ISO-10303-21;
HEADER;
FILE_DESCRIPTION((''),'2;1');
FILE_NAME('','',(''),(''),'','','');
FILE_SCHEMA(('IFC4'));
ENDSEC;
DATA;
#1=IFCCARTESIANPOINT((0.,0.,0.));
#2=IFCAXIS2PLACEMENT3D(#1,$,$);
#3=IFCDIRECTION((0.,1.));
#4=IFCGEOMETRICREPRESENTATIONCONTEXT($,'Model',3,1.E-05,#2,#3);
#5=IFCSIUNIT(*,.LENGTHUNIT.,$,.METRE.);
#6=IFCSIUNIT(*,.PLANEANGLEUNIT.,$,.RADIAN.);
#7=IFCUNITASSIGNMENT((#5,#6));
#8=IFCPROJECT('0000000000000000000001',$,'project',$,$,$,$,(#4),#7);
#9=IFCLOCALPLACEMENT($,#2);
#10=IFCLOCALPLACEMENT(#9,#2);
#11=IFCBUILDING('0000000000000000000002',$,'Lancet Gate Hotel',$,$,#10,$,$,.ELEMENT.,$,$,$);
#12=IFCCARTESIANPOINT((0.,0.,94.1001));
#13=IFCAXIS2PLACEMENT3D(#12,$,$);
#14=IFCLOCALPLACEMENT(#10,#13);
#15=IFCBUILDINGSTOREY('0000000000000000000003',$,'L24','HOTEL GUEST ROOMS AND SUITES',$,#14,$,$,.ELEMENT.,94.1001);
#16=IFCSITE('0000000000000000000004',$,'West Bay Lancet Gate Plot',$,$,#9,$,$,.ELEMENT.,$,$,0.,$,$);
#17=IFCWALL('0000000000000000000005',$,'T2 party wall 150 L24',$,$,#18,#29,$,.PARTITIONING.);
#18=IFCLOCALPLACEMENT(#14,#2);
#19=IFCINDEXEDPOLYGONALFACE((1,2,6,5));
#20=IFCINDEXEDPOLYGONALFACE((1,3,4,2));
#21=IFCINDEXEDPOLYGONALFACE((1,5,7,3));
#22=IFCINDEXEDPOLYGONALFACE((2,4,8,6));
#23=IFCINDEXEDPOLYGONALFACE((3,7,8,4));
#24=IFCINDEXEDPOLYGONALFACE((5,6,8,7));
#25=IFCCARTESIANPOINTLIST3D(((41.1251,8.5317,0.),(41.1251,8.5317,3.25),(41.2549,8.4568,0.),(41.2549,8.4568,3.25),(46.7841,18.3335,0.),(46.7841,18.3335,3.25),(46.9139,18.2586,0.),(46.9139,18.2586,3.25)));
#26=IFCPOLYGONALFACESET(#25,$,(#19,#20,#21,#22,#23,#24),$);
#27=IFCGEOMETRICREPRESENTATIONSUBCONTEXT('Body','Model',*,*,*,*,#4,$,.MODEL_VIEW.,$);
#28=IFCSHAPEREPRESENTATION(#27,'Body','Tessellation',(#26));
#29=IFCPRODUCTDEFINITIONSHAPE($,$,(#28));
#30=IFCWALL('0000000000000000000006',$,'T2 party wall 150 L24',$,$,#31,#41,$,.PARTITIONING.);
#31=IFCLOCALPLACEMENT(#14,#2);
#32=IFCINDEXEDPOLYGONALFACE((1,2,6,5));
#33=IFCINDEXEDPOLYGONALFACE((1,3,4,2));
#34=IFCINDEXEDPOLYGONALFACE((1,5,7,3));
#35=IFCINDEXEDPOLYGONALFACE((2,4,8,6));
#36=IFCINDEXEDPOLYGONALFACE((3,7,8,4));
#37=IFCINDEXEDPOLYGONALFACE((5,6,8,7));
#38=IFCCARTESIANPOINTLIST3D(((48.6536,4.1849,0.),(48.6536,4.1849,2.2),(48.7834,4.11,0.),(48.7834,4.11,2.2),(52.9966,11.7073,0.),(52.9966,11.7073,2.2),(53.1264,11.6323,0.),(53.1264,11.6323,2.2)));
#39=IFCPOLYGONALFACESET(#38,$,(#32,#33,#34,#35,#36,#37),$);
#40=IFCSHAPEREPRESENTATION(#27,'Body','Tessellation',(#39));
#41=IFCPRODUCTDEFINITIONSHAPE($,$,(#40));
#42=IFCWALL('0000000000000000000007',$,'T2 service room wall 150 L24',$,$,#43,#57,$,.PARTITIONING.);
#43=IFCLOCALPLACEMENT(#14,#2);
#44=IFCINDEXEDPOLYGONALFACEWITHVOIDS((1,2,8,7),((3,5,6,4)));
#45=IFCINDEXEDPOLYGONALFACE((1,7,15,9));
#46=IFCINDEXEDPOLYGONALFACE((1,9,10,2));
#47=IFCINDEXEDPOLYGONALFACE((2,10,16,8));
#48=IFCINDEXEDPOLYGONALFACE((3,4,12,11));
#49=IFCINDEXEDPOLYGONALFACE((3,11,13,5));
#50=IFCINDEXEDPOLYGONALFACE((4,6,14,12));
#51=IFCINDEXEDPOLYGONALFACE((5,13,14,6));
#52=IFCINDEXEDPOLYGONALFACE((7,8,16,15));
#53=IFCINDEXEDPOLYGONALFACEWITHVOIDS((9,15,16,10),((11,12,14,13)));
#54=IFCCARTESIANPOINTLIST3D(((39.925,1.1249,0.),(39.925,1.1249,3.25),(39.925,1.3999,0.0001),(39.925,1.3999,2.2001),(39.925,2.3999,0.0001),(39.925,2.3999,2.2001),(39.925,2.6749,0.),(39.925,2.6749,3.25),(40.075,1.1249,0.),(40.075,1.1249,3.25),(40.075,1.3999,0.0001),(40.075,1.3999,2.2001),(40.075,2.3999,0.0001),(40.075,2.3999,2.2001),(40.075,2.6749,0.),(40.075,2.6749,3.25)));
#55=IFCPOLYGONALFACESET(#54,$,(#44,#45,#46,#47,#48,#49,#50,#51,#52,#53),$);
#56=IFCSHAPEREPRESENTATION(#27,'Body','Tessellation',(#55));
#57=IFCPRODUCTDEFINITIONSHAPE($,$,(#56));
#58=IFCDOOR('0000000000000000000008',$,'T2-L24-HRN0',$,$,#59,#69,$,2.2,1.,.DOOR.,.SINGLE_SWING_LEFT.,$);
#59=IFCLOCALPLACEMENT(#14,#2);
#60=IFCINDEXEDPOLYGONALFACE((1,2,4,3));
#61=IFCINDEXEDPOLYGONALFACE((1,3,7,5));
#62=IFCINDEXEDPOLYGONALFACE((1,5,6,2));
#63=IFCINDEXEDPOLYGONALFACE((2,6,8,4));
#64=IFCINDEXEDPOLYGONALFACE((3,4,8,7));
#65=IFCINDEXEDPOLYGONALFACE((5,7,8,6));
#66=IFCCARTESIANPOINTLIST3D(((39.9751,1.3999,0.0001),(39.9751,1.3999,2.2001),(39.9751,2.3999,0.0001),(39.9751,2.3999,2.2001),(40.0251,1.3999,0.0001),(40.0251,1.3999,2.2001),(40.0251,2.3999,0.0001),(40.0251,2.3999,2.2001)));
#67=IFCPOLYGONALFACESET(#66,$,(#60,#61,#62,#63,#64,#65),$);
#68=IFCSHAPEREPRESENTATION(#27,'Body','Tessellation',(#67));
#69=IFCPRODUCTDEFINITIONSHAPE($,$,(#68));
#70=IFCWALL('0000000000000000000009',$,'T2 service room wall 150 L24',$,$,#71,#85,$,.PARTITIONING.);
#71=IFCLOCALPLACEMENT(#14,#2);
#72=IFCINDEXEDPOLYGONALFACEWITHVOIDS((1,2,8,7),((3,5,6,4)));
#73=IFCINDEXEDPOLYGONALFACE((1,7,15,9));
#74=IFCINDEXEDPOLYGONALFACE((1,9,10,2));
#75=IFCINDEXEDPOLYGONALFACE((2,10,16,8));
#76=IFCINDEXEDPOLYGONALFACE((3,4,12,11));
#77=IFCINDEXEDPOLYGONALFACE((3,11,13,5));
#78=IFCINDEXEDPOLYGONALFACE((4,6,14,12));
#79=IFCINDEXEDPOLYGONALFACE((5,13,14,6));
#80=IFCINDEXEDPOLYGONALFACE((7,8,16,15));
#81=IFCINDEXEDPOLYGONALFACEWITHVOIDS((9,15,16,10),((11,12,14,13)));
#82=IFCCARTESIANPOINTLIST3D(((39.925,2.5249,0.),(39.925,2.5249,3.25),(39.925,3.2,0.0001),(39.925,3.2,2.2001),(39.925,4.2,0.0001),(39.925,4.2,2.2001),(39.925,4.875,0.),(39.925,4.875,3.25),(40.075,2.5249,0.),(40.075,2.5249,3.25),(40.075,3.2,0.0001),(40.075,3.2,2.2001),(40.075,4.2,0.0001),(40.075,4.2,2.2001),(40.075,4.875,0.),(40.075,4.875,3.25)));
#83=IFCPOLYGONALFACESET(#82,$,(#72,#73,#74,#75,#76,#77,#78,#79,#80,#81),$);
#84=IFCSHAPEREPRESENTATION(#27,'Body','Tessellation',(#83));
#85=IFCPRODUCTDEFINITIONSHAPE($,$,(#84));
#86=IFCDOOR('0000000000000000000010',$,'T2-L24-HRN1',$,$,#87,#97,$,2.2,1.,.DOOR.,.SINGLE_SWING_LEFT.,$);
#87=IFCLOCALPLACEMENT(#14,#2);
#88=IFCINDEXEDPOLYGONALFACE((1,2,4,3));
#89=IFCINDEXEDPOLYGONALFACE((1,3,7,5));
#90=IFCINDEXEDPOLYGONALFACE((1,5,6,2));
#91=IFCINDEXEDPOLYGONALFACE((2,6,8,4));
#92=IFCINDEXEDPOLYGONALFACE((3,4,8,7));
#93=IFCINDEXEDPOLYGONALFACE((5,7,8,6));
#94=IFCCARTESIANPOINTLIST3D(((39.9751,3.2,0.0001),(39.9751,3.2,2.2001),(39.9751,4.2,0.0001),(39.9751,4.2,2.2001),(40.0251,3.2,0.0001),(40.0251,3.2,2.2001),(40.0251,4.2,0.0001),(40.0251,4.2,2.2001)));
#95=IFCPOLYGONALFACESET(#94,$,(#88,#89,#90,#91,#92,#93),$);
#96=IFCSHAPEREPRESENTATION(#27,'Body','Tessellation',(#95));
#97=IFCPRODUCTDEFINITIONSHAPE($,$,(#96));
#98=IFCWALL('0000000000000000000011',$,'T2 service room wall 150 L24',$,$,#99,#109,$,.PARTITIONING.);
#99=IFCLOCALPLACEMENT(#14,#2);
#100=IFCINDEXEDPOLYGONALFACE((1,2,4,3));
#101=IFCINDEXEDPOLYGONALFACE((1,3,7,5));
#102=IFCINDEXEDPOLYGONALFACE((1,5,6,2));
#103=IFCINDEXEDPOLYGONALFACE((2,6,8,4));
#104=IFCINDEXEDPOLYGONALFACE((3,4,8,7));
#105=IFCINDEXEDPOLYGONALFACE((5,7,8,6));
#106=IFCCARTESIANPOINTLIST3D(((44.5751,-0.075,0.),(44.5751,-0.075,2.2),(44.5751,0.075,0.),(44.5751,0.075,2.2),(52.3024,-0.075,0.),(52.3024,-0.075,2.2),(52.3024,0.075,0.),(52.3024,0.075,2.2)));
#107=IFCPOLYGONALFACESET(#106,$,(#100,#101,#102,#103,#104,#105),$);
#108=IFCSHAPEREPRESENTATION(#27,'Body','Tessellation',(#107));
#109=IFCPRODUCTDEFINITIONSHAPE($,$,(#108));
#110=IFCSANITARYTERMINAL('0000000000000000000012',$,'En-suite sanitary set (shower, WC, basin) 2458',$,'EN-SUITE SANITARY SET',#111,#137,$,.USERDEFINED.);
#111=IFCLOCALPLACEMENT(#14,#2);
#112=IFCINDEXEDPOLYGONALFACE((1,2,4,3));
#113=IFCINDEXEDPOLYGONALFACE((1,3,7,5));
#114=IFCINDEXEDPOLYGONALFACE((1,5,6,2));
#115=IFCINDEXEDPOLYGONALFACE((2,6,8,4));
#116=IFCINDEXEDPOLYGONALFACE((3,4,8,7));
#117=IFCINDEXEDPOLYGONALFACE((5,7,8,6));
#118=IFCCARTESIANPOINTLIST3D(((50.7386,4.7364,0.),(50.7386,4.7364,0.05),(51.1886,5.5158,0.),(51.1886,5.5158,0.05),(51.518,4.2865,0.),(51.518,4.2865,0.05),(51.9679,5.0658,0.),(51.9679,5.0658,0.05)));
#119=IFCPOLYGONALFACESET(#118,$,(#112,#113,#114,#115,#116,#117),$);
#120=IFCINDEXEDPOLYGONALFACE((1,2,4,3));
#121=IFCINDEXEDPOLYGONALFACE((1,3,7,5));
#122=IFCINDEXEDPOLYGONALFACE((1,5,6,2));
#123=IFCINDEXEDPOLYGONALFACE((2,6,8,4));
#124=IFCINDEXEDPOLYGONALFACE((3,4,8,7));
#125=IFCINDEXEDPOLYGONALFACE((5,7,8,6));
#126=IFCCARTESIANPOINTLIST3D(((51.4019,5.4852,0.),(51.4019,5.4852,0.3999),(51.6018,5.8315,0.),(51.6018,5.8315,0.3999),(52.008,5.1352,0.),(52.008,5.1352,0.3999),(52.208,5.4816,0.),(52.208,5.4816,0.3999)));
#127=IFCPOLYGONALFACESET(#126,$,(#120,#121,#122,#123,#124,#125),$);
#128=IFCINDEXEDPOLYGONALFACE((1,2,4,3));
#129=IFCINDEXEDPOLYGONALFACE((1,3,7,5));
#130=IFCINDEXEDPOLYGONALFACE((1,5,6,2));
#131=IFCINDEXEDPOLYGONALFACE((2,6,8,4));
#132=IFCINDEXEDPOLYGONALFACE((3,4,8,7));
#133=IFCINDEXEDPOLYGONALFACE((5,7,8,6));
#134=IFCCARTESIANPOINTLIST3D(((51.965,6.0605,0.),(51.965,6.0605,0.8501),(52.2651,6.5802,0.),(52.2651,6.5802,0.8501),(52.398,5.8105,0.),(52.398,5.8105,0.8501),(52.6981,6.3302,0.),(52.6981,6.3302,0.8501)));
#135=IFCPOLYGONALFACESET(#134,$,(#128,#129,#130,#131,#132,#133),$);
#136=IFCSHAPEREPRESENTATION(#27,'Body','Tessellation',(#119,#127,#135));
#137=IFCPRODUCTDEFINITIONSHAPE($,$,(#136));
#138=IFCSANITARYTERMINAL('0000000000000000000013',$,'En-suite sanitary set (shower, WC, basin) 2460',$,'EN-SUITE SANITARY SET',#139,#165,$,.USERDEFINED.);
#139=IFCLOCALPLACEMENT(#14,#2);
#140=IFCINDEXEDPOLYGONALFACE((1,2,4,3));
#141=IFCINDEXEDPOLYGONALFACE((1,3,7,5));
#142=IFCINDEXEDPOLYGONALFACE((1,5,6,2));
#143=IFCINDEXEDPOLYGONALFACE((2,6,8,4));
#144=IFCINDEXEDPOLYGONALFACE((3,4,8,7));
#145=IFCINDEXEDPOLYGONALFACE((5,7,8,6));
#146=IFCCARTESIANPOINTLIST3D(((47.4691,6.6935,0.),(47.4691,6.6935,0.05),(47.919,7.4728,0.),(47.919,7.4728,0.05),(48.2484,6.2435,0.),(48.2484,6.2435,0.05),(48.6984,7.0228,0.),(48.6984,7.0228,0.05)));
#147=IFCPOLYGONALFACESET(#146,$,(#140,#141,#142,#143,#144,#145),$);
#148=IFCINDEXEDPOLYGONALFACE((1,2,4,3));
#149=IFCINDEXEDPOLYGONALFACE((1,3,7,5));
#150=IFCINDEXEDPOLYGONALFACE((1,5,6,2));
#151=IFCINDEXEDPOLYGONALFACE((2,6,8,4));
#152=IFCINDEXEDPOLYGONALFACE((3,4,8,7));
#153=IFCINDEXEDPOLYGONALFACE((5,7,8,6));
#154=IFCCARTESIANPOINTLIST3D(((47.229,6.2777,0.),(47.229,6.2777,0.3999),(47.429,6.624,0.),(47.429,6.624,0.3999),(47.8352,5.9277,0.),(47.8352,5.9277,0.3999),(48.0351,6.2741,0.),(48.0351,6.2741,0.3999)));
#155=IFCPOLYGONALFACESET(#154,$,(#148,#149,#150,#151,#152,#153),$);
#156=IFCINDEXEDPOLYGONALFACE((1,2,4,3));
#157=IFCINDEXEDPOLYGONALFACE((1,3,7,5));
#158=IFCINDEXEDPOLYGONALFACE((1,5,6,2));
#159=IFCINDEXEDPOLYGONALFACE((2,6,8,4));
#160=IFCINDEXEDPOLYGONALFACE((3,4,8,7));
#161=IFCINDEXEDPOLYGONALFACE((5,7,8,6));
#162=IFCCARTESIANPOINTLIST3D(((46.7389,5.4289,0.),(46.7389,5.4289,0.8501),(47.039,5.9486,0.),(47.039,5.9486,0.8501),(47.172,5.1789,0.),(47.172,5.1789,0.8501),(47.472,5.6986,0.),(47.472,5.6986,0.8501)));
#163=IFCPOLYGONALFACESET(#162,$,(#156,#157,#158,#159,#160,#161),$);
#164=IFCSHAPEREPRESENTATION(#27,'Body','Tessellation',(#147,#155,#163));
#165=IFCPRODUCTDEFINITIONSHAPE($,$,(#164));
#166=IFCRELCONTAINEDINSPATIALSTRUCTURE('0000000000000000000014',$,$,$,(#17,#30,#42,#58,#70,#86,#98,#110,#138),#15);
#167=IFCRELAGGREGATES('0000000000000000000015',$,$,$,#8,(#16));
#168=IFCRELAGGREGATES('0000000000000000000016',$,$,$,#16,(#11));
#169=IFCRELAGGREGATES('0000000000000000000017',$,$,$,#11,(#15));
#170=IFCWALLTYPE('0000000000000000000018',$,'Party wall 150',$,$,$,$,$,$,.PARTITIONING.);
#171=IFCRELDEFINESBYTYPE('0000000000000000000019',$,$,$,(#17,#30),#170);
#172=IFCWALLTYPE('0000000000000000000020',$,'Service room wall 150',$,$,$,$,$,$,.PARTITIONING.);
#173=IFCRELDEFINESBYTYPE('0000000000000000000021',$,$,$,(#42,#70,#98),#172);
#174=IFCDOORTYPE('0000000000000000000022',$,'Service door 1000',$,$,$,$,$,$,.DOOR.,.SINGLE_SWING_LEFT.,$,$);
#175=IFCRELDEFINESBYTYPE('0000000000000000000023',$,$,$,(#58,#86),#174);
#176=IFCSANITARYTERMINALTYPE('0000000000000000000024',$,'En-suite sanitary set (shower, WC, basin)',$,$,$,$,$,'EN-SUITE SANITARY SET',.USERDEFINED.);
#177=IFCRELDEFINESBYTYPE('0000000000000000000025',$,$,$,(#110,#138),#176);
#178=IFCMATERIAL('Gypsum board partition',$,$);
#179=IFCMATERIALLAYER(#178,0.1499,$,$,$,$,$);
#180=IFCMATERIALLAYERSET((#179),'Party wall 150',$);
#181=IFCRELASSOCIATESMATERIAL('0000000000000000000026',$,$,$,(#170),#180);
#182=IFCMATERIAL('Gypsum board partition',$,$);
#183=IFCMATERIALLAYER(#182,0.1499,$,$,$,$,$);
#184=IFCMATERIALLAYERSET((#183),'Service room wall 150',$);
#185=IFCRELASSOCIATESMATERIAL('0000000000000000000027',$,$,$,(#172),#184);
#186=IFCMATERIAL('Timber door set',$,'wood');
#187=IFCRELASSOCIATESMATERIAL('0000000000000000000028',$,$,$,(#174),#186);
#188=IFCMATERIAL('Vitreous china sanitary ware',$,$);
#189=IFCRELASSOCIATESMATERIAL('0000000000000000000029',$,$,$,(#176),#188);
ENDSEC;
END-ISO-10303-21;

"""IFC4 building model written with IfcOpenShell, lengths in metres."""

from ifc_helpers import new_model, si_unit, direction, frame, frame_2d, origin, origin_2d, place, context, subcontext, project, spatial, rectangle, extrude, material, layer, layer_set, type_object, element, fill, save


model = new_model("IFC4")

# Units and contexts
model_context = context("Model", 3, precision=1e-05, world=origin(), true_north=direction((0.0, 1.0)))
body_context = subcontext(model_context, "Body", "Model", "MODEL_VIEW")
ifc_project = project(units=[si_unit("LENGTHUNIT", "METRE"), si_unit("PLANEANGLEUNIT", "RADIAN")], contexts=[model_context])

# Site, building, storey
site_placement = place(None, origin())
site = spatial("IfcSite", under=ifc_project, at=site_placement, Name="West Bay Lancet Gate Plot", CompositionType="ELEMENT", RefElevation=0.0)
building_placement = place(site_placement, origin())
building = spatial("IfcBuilding", under=site, at=building_placement, Name="Lancet Gate Hotel", CompositionType="ELEMENT")
storey_placement = place(building_placement, frame((0.0, 0.0, 94.1001)))
storey = spatial("IfcBuildingStorey", under=building, at=storey_placement, Name="L24", Description="HOTEL GUEST ROOMS AND SUITES", CompositionType="ELEMENT", Elevation=94.1001)

# Walls
ifc_material_1 = material(Name="Gypsum board partition")
ifc_layer_1 = layer(ifc_material_1, 0.1499)
ifc_layer_set_1 = layer_set([ifc_layer_1], Name="Party wall 150")
wall_type_1 = type_object("IfcWallType", Name="Party wall 150", PredefinedType="PARTITIONING", material=ifc_layer_set_1)
wall_1_placement = place(storey_placement, frame((41.1899, 8.4941, 0.0), z_axis=(0.0, 0.0, 1.0), x_axis=(0.499993, 0.86603, 0.0)))
element("IfcWall", 1, at=wall_1_placement, inside=storey, type_object=wall_type_1, Name="T2 party wall 150 L24", PredefinedType="PARTITIONING", context=body_context, shape_type="SweptSolid", body=[
    extrude(rectangle(XDim=11.3181, YDim=0.1499, at=frame_2d((5.6592, 0.0))), origin(), (0.0, 0.0, 1.0), 3.25),
])
wall_2_placement = place(storey_placement, frame((48.7185, 4.1475, 0.0), z_axis=(0.0, 0.0, 1.0), x_axis=(0.499993, 0.866029, 0.0)))
element("IfcWall", 2, at=wall_2_placement, inside=storey, type_object=wall_type_1, Name="T2 party wall 150 L24", PredefinedType="PARTITIONING", context=body_context, shape_type="SweptSolid", body=[
    extrude(rectangle(XDim=8.686, YDim=0.1499, at=frame_2d((4.343, 0.0))), origin(), (0.0, 0.0, 1.0), 2.2),
])

# Walls, openings, doors
ifc_material_2 = material(Name="Gypsum board partition")
ifc_layer_2 = layer(ifc_material_2, 0.1499)
ifc_layer_set_2 = layer_set([ifc_layer_2], Name="Service room wall 150")
wall_type_2 = type_object("IfcWallType", Name="Service room wall 150", PredefinedType="PARTITIONING", material=ifc_layer_set_2)
wall_3_placement = place(storey_placement, frame((40.0, 1.125, 0.0), z_axis=(0.0, 0.0, 1.0), x_axis=(0.0, 1.0, 0.0)))
wall_3 = element("IfcWall", 3, at=wall_3_placement, inside=storey, type_object=wall_type_2, Name="T2 service room wall 150 L24", PredefinedType="PARTITIONING", context=body_context, shape_type="SweptSolid", body=[
    extrude(rectangle(XDim=1.55, YDim=0.1499, at=frame_2d((0.7749, 0.0))), origin(), (0.0, 0.0, 1.0), 3.25),
])
opening_1_placement = place(wall_3_placement, frame((0.2749, 0.0, 0.0)))
opening_1 = element("IfcOpeningElement", 4, at=opening_1_placement, cuts=wall_3, PredefinedType="OPENING", context=body_context, shape_type="SweptSolid", body=[
    extrude(rectangle(XDim=1.0, YDim=2.2, at=frame_2d((0.5, 1.1001))), frame((0.0, 0.085, 0.0), z_axis=(0.0, -1.0, 0.0), x_axis=(1.0, 0.0, 0.0)), (0.0, 0.0, 1.0), 0.1699),
])
ifc_material_3 = material(Name="Timber door set", Category="wood")
door_type_1 = type_object("IfcDoorType", Name="Service door 1000", OperationType="SINGLE_SWING_LEFT", PredefinedType="DOOR", material=ifc_material_3)
door_1_placement = place(opening_1_placement, origin())
door_1 = element("IfcDoor", 5, at=door_1_placement, inside=storey, type_object=door_type_1, Name="T2-L24-HRN0", OperationType="SINGLE_SWING_LEFT", OverallHeight=2.2, OverallWidth=1.0, PredefinedType="DOOR", context=body_context, shape_type="SweptSolid", body=[
    extrude(rectangle(XDim=1.0, YDim=2.2, at=frame_2d((0.5, 1.1001))), frame((0.0, 0.0249, 0.0), z_axis=(0.0, -1.0, 0.0), x_axis=(1.0, 0.0, 0.0)), (0.0, 0.0, 1.0), 0.05),
])
fill(opening_1, door_1)
wall_4_placement = place(storey_placement, frame((40.0, 2.5249, 0.0), z_axis=(0.0, 0.0, 1.0), x_axis=(0.0, 1.0, 0.0)))
wall_4 = element("IfcWall", 6, at=wall_4_placement, inside=storey, type_object=wall_type_2, Name="T2 service room wall 150 L24", PredefinedType="PARTITIONING", context=body_context, shape_type="SweptSolid", body=[
    extrude(rectangle(XDim=2.3501, YDim=0.1499, at=frame_2d((1.175, 0.0))), origin(), (0.0, 0.0, 1.0), 3.25),
])
opening_2_placement = place(wall_4_placement, frame((0.675, 0.0, 0.0)))
opening_2 = element("IfcOpeningElement", 7, at=opening_2_placement, cuts=wall_4, PredefinedType="OPENING", context=body_context, shape_type="SweptSolid", body=[
    extrude(rectangle(XDim=1.0, YDim=2.2, at=frame_2d((0.5, 1.1001))), frame((0.0, 0.085, 0.0), z_axis=(0.0, -1.0, 0.0), x_axis=(1.0, 0.0, 0.0)), (0.0, 0.0, 1.0), 0.1699),
])
door_2_placement = place(opening_2_placement, origin())
door_2 = element("IfcDoor", 8, at=door_2_placement, inside=storey, type_object=door_type_1, Name="T2-L24-HRN1", OperationType="SINGLE_SWING_LEFT", OverallHeight=2.2, OverallWidth=1.0, PredefinedType="DOOR", context=body_context, shape_type="SweptSolid", body=[
    extrude(rectangle(XDim=1.0, YDim=2.2, at=frame_2d((0.5, 1.1001))), frame((0.0, 0.0249, 0.0), z_axis=(0.0, -1.0, 0.0), x_axis=(1.0, 0.0, 0.0)), (0.0, 0.0, 1.0), 0.05),
])
fill(opening_2, door_2)

# Wall
wall_5_placement = place(storey_placement, frame((44.575, 0.0, 0.0), z_axis=(0.0, 0.0, 1.0), x_axis=(1.0, 0.0, 0.0)))
element("IfcWall", 9, at=wall_5_placement, inside=storey, type_object=wall_type_2, Name="T2 service room wall 150 L24", PredefinedType="PARTITIONING", context=body_context, shape_type="SweptSolid", body=[
    extrude(rectangle(XDim=7.7273, YDim=0.1499, at=frame_2d((3.8638, 0.0))), origin(), (0.0, 0.0, 1.0), 2.2),
])

# Sanitary terminals
ifc_material_4 = material(Name="Vitreous china sanitary ware")
sanitary_terminal_type = type_object("IfcSanitaryTerminalType", Name="En-suite sanitary set (shower, WC, basin)", ElementType="EN-SUITE SANITARY SET", PredefinedType="USERDEFINED", material=ifc_material_4)
sanitary_terminal_1_placement = place(storey_placement, frame((51.3533, 4.9011, 0.0), z_axis=(0.0, 0.0, 1.0), x_axis=(1.0, 0.0, 0.0)))
element("IfcSanitaryTerminal", 10, at=sanitary_terminal_1_placement, inside=storey, type_object=sanitary_terminal_type, Name="En-suite sanitary set (shower, WC, basin) 2458", ObjectType="EN-SUITE SANITARY SET", PredefinedType="USERDEFINED", context=body_context, shape_type="SweptSolid", body=[
    extrude(rectangle(XDim=0.8999, YDim=0.8999, at=origin_2d()), frame((0.0, 0.0, 0.0), z_axis=(0.0, 0.0, 1.0), x_axis=(-0.5, -0.866025, 0.0)), (0.0, 0.0, 1.0), 0.05),
    extrude(rectangle(XDim=0.3999, YDim=0.7, at=origin_2d()), frame((0.4517, 0.5823, 0.0), z_axis=(0.0, 0.0, 1.0), x_axis=(-0.5, -0.866025, 0.0)), (0.0, 0.0, 1.0), 0.3999),
    extrude(rectangle(XDim=0.6001, YDim=0.5, at=origin_2d()), frame((0.9783, 1.2942, 0.0), z_axis=(0.0, 0.0, 1.0), x_axis=(-0.5, -0.866025, 0.0)), (0.0, 0.0, 1.0), 0.8501),
])
sanitary_terminal_2_placement = place(storey_placement, frame((48.0837, 6.8582, 0.0), z_axis=(0.0, 0.0, 1.0), x_axis=(1.0, 0.0, 0.0)))
element("IfcSanitaryTerminal", 11, at=sanitary_terminal_2_placement, inside=storey, type_object=sanitary_terminal_type, Name="En-suite sanitary set (shower, WC, basin) 2460", ObjectType="EN-SUITE SANITARY SET", PredefinedType="USERDEFINED", context=body_context, shape_type="SweptSolid", body=[
    extrude(rectangle(XDim=0.8999, YDim=0.8999, at=origin_2d()), frame((0.0, 0.0, 0.0), z_axis=(0.0, 0.0, 1.0), x_axis=(0.5, 0.866025, 0.0)), (0.0, 0.0, 1.0), 0.05),
    extrude(rectangle(XDim=0.3999, YDim=0.7, at=origin_2d()), frame((-0.4517, -0.5823, 0.0), z_axis=(0.0, 0.0, 1.0), x_axis=(0.5, 0.866025, 0.0)), (0.0, 0.0, 1.0), 0.3999),
    extrude(rectangle(XDim=0.6001, YDim=0.5, at=origin_2d()), frame((-0.9783, -1.2944, 0.0), z_axis=(0.0, 0.0, 1.0), x_axis=(0.5, 0.866025, 0.0)), (0.0, 0.0, 1.0), 0.8501),
])

save(model, "model.ifc")
